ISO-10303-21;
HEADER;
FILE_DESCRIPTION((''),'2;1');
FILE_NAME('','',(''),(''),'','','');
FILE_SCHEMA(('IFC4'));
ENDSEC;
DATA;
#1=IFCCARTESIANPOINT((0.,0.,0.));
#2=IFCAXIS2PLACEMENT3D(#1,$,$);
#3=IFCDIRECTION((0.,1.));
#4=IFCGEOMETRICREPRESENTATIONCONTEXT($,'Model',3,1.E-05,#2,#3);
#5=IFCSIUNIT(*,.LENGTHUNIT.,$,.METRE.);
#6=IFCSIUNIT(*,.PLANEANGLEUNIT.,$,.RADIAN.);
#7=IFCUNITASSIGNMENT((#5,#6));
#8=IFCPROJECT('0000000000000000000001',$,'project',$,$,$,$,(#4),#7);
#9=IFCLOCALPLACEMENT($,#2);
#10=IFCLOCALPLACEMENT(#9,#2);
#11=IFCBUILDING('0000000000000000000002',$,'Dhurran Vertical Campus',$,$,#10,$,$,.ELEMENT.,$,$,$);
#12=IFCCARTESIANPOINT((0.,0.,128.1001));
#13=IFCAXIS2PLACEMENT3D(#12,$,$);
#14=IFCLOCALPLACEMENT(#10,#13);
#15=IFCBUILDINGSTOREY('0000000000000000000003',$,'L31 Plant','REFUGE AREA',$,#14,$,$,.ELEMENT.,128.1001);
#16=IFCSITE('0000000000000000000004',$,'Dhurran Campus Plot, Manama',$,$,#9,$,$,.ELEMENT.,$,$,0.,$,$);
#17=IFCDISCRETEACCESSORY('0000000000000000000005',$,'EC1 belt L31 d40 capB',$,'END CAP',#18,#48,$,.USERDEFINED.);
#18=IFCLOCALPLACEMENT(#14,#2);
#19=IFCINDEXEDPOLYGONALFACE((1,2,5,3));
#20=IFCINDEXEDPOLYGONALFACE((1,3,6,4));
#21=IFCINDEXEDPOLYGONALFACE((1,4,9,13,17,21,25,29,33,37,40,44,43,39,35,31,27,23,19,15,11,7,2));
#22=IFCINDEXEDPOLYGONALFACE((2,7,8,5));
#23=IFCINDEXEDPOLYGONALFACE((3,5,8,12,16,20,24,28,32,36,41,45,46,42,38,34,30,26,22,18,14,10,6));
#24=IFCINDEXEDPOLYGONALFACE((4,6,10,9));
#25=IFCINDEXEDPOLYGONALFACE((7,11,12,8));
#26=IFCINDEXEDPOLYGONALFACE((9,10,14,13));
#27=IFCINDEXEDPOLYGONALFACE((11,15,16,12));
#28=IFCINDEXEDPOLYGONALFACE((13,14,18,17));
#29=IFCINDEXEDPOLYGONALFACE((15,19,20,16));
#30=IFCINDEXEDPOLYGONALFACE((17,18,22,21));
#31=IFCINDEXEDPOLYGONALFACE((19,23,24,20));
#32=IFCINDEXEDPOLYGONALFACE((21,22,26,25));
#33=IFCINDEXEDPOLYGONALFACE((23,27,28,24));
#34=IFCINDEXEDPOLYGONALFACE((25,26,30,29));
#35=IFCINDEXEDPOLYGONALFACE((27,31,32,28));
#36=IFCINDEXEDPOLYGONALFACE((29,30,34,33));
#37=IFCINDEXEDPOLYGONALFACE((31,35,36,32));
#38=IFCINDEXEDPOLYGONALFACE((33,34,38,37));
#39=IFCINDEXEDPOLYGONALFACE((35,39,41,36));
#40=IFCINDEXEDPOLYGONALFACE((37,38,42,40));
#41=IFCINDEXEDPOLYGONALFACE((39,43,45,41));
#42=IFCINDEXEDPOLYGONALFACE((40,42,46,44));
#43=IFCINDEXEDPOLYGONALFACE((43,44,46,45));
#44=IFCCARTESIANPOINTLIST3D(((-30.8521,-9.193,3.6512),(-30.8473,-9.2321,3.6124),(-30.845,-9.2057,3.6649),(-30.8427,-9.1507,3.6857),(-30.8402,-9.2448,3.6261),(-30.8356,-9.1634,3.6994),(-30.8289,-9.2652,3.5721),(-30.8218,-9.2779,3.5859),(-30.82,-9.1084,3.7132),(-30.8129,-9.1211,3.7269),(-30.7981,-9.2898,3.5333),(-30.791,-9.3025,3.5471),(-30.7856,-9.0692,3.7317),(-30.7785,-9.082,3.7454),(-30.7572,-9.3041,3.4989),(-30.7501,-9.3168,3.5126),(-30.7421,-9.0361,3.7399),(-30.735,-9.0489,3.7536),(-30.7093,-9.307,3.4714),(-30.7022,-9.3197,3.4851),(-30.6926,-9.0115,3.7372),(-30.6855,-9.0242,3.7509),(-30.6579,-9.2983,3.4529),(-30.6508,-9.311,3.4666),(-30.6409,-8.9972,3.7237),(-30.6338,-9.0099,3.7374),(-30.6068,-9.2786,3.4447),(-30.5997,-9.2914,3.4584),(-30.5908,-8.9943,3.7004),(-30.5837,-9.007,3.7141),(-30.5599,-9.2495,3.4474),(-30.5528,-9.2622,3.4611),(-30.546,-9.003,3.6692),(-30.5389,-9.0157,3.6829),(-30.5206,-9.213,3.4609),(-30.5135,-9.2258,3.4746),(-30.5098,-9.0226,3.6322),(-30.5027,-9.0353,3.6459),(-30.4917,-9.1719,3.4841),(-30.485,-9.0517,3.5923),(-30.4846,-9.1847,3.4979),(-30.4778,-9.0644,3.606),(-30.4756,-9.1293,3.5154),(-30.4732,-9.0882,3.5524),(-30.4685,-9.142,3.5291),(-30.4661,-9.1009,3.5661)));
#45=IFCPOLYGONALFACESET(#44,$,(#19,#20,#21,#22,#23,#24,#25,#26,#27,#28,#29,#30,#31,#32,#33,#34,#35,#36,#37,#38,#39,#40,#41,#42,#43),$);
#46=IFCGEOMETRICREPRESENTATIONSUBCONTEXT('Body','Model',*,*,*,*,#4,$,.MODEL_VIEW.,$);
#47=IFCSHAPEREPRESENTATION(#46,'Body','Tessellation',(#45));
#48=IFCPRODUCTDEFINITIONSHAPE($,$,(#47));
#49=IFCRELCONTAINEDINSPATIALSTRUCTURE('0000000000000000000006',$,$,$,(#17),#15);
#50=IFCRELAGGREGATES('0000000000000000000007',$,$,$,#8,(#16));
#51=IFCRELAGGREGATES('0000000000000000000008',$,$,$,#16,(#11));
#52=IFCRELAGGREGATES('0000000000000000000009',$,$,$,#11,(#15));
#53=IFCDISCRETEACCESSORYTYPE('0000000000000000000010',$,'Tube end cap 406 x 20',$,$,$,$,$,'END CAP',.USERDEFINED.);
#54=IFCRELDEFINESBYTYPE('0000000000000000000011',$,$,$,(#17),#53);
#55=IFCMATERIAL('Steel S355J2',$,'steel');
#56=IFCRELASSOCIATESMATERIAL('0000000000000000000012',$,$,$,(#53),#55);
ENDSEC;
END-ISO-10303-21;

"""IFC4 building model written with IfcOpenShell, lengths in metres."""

from ifc_helpers import new_model, si_unit, direction, frame, origin, origin_2d, place, context, subcontext, project, spatial, circle, extrude, material, material_profile, profile_set, type_object, element, save


model = new_model("IFC4")

# Units and contexts
model_context = context("Model", 3, precision=1e-05, world=origin(), true_north=direction((0.0, 1.0)))
body_context = subcontext(model_context, "Body", "Model", "MODEL_VIEW")
ifc_project = project(units=[si_unit("LENGTHUNIT", "METRE"), si_unit("PLANEANGLEUNIT", "RADIAN")], contexts=[model_context])

# Site, building, storey
site_placement = place(None, origin())
site = spatial("IfcSite", under=ifc_project, at=site_placement, Name="Dhurran Campus Plot, Manama", CompositionType="ELEMENT", RefElevation=0.0)
building_placement = place(site_placement, origin())
building = spatial("IfcBuilding", under=site, at=building_placement, Name="Dhurran Vertical Campus", CompositionType="ELEMENT")
storey_placement = place(building_placement, frame((0.0, 0.0, 128.1001)))
storey = spatial("IfcBuildingStorey", under=building, at=storey_placement, Name="L31 Plant", Description="REFUGE AREA", CompositionType="ELEMENT", Elevation=128.1001)

# Discrete accessory
ifc_material_1 = material(Name="Steel S355J2", Category="steel")
ifc_material_profile_1 = material_profile(ifc_material_1, circle(Radius=0.2031, at=origin_2d()), Name="Tube end cap 406 x 20")
ifc_profile_set_1 = profile_set([ifc_material_profile_1], Name="Steel S355J2")
discrete_accessory_type = type_object("IfcDiscreteAccessoryType", Name="Tube end cap 406 x 20", ElementType="END CAP", PredefinedType="USERDEFINED", material=ifc_profile_set_1)
for number, where, z_axis, x_axis, name in (
    (1, (-30.6624, -9.1506, 3.5923), (0.354795, -0.636184, 0.685121), (0.873364, 0.487068, 0.0), "EC1 belt L31 d40 capB"),
):
    element("IfcDiscreteAccessory", number, at=place(storey_placement, frame(where, z_axis=z_axis, x_axis=x_axis)), inside=storey, type_object=discrete_accessory_type, Name=name, ObjectType="END CAP", PredefinedType="USERDEFINED", context=body_context, shape_type="SweptSolid", body=[
        extrude(circle(Radius=0.2031, at=origin_2d()), origin(), (0.0, 0.0, 1.0), 0.02),
    ])

save(model, "model.ifc")
